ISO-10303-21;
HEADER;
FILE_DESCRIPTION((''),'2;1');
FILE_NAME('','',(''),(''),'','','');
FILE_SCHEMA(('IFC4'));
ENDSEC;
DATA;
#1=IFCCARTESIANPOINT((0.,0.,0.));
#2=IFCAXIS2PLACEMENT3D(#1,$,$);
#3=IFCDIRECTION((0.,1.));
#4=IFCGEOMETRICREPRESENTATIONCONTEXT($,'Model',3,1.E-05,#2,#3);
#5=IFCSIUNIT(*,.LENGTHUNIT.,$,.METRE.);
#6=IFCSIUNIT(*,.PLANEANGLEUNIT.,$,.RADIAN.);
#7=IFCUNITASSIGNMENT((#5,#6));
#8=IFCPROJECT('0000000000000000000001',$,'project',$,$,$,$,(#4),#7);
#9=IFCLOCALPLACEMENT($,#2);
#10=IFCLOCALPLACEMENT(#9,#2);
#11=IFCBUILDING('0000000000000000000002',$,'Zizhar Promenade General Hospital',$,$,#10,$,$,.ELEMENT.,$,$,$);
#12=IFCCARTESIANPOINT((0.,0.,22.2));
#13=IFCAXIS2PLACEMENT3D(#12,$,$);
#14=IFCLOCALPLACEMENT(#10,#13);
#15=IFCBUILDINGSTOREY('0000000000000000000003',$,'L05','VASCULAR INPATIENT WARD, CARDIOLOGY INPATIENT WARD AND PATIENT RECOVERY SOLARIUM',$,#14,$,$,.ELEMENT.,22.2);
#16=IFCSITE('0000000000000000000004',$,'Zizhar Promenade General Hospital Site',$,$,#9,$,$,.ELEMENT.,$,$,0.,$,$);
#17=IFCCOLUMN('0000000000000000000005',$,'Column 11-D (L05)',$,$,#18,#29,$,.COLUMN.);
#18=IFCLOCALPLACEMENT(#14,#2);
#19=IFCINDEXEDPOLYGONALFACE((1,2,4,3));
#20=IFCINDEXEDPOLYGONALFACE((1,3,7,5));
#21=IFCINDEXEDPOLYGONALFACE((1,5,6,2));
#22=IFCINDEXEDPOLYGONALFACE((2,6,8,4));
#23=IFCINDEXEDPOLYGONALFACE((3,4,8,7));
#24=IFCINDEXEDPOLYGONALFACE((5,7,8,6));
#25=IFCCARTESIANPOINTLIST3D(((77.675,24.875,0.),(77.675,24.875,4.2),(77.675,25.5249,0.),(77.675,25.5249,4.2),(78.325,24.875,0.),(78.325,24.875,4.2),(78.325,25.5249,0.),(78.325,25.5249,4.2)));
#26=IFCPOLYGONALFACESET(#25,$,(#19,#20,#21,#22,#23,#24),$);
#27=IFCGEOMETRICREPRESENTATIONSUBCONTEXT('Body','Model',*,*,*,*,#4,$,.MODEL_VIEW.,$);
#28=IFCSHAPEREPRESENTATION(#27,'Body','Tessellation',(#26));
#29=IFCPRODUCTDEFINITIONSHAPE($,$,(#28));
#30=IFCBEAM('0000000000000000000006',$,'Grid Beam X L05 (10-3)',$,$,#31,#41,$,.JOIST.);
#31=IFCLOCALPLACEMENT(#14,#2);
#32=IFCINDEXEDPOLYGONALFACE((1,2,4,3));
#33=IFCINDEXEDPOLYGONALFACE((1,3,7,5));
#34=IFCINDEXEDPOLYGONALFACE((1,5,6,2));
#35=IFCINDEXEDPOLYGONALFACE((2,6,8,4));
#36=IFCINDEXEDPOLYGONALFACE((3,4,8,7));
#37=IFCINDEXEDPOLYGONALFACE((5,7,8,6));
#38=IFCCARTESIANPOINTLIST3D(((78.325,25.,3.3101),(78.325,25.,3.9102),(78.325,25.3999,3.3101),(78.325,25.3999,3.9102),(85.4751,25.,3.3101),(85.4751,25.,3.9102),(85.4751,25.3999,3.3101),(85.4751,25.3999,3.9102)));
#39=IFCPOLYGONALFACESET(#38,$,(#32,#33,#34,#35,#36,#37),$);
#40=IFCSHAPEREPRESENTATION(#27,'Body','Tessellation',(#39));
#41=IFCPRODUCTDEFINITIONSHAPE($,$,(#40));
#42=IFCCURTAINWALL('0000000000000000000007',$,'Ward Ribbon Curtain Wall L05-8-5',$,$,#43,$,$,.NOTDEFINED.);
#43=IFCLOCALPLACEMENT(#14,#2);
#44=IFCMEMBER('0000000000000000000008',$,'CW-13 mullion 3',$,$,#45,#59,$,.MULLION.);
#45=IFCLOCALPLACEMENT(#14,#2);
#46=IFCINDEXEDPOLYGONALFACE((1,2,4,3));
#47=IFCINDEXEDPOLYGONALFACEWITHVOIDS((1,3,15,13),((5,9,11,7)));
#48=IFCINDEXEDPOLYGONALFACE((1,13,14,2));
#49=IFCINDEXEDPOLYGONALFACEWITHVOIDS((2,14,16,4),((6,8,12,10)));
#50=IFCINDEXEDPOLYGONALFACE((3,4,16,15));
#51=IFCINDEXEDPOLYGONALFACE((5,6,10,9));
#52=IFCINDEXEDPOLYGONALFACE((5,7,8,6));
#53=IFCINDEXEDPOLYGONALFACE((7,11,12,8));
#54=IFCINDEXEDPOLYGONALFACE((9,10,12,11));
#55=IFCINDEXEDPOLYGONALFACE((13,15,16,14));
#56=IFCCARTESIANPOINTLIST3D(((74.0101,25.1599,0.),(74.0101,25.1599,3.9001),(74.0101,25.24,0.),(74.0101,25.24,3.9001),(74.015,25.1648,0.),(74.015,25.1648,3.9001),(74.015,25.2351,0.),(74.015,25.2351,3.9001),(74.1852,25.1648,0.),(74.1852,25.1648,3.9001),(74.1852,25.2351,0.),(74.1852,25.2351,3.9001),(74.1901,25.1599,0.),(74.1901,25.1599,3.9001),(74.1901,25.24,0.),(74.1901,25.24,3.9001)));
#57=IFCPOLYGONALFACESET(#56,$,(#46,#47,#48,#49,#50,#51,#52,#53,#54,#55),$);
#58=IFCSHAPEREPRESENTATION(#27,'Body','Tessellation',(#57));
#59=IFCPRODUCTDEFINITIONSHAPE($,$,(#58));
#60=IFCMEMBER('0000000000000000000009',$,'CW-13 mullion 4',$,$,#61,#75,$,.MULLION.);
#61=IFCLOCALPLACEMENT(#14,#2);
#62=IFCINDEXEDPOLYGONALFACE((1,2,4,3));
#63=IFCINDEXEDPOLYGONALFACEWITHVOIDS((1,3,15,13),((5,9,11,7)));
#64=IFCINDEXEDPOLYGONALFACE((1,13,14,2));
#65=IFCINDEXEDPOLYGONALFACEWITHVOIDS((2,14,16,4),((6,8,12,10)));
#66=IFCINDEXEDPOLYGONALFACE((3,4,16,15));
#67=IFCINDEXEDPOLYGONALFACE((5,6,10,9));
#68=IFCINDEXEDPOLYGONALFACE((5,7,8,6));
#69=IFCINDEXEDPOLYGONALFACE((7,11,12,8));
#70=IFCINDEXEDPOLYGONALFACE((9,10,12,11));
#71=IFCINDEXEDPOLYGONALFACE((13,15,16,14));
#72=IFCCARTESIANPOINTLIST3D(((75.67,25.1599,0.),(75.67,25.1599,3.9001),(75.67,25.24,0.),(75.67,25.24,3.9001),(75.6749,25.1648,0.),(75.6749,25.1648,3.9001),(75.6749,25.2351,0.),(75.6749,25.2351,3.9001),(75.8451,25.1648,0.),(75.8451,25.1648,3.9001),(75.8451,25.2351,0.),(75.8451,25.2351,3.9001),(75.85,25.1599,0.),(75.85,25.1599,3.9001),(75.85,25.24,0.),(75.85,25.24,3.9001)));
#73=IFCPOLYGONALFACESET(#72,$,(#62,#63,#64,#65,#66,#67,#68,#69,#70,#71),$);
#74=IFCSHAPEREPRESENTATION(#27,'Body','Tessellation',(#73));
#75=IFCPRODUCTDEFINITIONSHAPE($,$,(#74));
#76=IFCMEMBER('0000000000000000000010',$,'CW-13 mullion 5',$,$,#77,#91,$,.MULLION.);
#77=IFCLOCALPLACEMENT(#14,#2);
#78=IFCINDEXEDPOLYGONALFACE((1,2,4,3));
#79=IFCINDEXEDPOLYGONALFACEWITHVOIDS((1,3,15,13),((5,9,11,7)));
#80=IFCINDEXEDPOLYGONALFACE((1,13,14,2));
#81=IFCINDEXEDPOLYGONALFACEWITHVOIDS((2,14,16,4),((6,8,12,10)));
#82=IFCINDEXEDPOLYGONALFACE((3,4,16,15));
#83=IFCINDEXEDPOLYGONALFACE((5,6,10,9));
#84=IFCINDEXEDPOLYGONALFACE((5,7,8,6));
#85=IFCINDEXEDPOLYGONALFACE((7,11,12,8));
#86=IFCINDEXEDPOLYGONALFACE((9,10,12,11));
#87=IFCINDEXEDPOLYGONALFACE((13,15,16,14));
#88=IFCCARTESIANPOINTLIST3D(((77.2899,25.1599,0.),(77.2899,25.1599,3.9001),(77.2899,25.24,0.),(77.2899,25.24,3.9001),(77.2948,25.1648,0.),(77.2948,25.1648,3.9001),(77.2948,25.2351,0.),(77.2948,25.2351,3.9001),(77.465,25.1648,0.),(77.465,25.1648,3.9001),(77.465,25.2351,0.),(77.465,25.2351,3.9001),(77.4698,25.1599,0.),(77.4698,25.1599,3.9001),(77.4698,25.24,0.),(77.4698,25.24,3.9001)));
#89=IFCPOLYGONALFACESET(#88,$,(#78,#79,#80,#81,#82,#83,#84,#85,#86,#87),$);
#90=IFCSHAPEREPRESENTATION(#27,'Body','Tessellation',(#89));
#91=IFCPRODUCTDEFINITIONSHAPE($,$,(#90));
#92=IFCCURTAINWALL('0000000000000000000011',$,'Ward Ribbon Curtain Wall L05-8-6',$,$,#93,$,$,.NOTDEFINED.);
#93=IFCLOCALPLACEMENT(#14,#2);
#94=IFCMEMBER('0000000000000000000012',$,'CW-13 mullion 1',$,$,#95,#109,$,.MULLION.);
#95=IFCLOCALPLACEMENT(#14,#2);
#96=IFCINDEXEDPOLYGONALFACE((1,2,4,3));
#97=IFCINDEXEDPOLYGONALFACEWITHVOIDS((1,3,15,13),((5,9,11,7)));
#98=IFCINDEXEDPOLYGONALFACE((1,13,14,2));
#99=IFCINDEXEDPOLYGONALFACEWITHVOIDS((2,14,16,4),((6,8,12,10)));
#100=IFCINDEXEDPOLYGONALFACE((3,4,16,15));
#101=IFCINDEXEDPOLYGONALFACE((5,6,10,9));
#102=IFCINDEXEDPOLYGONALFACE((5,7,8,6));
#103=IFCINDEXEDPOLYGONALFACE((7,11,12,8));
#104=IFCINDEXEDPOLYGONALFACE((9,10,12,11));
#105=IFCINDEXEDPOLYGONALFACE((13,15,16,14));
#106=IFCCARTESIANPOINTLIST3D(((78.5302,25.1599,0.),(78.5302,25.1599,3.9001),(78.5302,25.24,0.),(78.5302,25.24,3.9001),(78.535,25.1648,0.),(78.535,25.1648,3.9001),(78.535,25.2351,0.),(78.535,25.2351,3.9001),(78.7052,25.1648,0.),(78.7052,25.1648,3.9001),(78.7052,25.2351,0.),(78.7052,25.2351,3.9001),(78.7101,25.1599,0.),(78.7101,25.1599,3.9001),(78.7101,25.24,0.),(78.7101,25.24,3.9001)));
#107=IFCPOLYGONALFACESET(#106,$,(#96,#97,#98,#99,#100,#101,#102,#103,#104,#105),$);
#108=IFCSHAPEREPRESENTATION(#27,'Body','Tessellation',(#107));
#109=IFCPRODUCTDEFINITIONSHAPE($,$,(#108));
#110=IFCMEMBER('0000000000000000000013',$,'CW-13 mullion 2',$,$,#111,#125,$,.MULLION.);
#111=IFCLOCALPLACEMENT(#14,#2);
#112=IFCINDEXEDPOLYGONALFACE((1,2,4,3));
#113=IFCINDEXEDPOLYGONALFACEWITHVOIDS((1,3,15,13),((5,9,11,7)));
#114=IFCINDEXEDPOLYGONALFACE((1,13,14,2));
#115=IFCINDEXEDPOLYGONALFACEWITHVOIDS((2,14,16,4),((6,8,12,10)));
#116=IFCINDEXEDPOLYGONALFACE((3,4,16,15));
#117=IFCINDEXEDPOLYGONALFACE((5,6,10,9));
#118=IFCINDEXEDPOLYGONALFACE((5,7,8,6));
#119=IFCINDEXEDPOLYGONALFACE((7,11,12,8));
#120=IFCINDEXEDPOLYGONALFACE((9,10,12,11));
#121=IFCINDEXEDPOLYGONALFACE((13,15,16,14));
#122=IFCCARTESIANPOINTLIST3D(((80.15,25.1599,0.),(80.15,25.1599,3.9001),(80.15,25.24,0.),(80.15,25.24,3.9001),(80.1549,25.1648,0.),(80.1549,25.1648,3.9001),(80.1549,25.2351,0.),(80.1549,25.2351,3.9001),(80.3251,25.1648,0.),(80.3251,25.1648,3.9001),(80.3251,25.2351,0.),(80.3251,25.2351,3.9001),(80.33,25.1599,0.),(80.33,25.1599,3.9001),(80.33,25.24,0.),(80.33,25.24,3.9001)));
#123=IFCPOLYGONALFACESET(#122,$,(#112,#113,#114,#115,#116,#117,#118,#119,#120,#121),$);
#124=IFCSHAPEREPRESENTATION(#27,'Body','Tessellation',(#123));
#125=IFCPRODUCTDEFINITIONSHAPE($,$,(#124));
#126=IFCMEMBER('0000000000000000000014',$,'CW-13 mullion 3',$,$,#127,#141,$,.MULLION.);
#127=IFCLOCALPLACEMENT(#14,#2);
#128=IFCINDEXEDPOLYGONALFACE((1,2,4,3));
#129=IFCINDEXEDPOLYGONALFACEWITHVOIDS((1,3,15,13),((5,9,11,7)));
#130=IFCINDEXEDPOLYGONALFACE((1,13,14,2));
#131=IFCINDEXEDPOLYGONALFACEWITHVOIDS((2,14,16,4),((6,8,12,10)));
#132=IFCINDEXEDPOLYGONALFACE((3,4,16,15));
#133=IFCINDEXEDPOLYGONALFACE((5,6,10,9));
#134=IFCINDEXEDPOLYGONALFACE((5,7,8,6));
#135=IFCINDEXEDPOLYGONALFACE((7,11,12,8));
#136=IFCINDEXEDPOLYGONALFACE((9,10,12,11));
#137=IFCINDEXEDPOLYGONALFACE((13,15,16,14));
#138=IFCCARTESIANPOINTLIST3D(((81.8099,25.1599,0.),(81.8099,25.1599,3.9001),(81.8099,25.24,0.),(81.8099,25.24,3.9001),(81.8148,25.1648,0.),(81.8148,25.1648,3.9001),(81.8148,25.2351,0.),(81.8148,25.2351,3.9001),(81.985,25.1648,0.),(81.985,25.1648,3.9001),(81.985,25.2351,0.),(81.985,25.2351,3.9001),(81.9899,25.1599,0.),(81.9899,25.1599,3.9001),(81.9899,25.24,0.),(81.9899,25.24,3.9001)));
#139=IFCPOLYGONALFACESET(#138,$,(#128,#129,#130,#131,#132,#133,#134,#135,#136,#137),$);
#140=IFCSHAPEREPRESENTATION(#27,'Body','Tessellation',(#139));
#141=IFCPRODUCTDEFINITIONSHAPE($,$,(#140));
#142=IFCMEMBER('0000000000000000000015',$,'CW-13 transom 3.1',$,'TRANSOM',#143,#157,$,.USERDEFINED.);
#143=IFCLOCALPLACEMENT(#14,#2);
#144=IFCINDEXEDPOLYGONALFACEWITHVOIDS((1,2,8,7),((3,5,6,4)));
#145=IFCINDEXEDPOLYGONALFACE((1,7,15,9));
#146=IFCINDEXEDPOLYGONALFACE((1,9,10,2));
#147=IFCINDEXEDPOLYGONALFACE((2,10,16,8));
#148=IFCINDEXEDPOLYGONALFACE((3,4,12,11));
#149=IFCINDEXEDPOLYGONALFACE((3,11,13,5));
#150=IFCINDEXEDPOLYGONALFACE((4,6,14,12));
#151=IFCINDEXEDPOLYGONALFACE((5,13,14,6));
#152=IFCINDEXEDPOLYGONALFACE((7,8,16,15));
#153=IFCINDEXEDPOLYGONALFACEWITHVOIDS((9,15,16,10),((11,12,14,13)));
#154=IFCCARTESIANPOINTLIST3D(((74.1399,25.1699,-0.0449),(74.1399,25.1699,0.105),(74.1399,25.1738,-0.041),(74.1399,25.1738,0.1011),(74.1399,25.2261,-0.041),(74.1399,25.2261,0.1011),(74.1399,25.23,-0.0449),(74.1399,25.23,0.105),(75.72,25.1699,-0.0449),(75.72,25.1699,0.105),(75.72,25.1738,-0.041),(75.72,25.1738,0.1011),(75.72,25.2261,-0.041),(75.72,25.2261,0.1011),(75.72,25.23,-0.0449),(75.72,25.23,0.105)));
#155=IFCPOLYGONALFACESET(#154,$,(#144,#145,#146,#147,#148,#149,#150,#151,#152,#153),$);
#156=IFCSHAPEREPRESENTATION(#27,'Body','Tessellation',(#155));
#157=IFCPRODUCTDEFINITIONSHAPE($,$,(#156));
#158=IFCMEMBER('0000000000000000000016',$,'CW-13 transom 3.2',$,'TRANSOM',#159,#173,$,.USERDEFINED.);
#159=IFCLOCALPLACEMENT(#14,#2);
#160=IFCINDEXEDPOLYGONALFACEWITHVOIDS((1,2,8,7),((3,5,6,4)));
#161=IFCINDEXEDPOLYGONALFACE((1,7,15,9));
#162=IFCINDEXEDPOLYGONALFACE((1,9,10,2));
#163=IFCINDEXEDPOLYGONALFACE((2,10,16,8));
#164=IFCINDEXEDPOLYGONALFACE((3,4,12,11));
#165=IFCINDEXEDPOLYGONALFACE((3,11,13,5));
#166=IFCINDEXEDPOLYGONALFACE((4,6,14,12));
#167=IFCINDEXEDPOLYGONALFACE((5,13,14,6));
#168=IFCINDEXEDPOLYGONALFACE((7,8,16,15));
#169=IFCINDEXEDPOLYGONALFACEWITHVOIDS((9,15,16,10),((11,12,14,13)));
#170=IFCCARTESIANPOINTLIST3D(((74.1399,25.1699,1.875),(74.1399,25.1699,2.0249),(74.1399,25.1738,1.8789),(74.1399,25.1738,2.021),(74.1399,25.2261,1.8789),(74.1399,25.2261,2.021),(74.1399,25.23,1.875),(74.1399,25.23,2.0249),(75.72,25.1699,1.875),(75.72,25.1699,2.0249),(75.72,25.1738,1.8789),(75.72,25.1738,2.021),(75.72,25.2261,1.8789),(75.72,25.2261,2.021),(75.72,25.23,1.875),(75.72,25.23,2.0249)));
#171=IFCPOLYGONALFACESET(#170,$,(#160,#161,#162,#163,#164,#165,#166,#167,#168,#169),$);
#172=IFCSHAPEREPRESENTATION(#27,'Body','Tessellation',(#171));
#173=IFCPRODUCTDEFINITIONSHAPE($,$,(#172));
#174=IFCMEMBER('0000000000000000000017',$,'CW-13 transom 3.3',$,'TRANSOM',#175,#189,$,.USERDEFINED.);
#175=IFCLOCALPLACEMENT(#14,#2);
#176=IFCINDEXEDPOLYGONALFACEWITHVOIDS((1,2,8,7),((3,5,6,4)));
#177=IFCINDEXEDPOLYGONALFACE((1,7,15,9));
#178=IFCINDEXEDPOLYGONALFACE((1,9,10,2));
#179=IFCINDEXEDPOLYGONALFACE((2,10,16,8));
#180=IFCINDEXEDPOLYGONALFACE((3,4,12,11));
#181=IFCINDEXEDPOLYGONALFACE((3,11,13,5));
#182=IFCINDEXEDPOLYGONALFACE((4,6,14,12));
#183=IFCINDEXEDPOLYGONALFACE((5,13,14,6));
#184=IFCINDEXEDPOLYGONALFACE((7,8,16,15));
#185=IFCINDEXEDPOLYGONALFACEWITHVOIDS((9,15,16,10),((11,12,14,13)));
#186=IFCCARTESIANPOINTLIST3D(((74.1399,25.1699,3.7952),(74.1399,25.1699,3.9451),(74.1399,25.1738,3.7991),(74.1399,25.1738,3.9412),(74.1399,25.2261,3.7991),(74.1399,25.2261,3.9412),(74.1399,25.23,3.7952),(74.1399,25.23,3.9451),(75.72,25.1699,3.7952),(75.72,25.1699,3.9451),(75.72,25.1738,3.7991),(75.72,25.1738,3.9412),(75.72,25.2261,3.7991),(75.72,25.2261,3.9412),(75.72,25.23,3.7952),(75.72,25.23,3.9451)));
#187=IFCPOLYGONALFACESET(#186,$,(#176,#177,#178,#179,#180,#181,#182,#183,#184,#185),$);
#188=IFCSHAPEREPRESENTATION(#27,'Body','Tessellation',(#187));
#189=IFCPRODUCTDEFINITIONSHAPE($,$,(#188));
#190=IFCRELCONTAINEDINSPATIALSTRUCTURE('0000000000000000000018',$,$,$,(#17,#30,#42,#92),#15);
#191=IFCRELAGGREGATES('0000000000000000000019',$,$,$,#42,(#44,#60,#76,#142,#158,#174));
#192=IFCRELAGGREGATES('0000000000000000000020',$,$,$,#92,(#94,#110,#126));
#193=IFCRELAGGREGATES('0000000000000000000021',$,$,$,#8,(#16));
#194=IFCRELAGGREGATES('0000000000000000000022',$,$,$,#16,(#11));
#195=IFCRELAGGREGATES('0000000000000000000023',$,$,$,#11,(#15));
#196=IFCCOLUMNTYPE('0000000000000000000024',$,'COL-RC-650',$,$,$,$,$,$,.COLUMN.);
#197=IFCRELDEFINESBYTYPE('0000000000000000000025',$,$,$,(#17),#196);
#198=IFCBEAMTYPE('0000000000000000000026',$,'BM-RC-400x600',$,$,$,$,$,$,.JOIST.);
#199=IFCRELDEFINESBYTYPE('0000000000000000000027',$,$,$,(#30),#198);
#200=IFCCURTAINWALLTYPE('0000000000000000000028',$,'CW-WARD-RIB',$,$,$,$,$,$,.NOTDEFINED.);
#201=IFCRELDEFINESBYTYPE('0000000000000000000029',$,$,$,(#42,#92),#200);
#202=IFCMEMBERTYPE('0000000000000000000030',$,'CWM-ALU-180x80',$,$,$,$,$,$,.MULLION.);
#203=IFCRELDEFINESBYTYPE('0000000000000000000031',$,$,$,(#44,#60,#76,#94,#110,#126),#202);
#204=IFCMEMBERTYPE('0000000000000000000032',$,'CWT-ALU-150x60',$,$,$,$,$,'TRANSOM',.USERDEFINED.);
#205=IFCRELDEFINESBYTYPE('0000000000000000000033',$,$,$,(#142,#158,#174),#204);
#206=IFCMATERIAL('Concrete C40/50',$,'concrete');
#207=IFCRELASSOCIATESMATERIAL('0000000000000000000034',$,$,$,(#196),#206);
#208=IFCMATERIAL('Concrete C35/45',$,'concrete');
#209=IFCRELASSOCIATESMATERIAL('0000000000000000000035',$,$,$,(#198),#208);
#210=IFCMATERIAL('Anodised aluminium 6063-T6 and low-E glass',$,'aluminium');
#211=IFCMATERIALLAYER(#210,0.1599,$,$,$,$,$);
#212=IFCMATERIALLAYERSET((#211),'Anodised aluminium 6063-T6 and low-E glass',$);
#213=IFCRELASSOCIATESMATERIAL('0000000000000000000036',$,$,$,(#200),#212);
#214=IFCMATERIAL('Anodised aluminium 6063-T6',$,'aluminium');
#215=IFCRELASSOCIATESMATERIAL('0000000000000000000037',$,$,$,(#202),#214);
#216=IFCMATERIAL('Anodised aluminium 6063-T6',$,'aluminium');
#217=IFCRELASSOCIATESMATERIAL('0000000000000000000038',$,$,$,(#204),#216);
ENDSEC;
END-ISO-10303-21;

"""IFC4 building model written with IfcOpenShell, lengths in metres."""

from ifc_helpers import new_model, si_unit, direction, frame, origin, origin_2d, place, context, subcontext, project, spatial, rectangle, hollow_rectangle, extrude, material, layer, layer_set, material_profile, profile_set, type_object, element, aggregate, save


model = new_model("IFC4")

# Units and contexts
model_context = context("Model", 3, precision=1e-05, world=origin(), true_north=direction((0.0, 1.0)))
body_context = subcontext(model_context, "Body", "Model", "MODEL_VIEW")
ifc_project = project(units=[si_unit("LENGTHUNIT", "METRE"), si_unit("PLANEANGLEUNIT", "RADIAN")], contexts=[model_context])

# Site, building, storey
site_placement = place(None, origin())
site = spatial("IfcSite", under=ifc_project, at=site_placement, Name="Zizhar Promenade General Hospital Site", CompositionType="ELEMENT", RefElevation=0.0)
building_placement = place(site_placement, origin())
building = spatial("IfcBuilding", under=site, at=building_placement, Name="Zizhar Promenade General Hospital", CompositionType="ELEMENT")
storey_placement = place(building_placement, frame((0.0, 0.0, 22.2)))
storey = spatial("IfcBuildingStorey", under=building, at=storey_placement, Name="L05", Description="VASCULAR INPATIENT WARD, CARDIOLOGY INPATIENT WARD AND PATIENT RECOVERY SOLARIUM", CompositionType="ELEMENT", Elevation=22.2)

# Column
ifc_material_1 = material(Name="Concrete C40/50", Category="concrete")
ifc_material_profile_1 = material_profile(ifc_material_1, rectangle(XDim=0.6499, YDim=0.6499, at=origin_2d()))
ifc_profile_set_1 = profile_set([ifc_material_profile_1], Name="Concrete C40/50")
column_type = type_object("IfcColumnType", Name="COL-RC-650", PredefinedType="COLUMN", material=ifc_profile_set_1)
column_placement = place(storey_placement, frame((78.0, 25.2, 0.0), z_axis=(0.0, 0.0, 1.0), x_axis=(1.0, 0.0, 0.0)))
element("IfcColumn", 1, at=column_placement, inside=storey, type_object=column_type, Name="Column 11-D (L05)", PredefinedType="COLUMN", context=body_context, shape_type="SweptSolid", body=[
    extrude(rectangle(XDim=0.6499, YDim=0.6499, at=origin_2d()), origin(), (0.0, 0.0, 1.0), 4.2),
])

# Beam
ifc_material_2 = material(Name="Concrete C35/45", Category="concrete")
ifc_material_profile_2 = material_profile(ifc_material_2, rectangle(XDim=0.3999, YDim=0.6001, at=origin_2d()))
ifc_profile_set_2 = profile_set([ifc_material_profile_2], Name="Concrete C35/45")
beam_type = type_object("IfcBeamType", Name="BM-RC-400x600", PredefinedType="JOIST", material=ifc_profile_set_2)
beam_placement = place(storey_placement, frame((78.325, 25.2, 3.6101), z_axis=(1.0, 0.0, 0.0), x_axis=(0.0, 1.0, 0.0)))
element("IfcBeam", 2, at=beam_placement, inside=storey, type_object=beam_type, Name="Grid Beam X L05 (10-3)", PredefinedType="JOIST", context=body_context, shape_type="SweptSolid", body=[
    extrude(rectangle(XDim=0.3999, YDim=0.6001, at=origin_2d()), origin(), (0.0, 0.0, 1.0), 7.1501),
])

# Curtain walls, members
ifc_material_3 = material(Name="Anodised aluminium 6063-T6 and low-E glass", Category="aluminium")
ifc_layer_1 = layer(ifc_material_3, 0.1599)
ifc_layer_set_1 = layer_set([ifc_layer_1], Name="Anodised aluminium 6063-T6 and low-E glass")
curtain_wall_type = type_object("IfcCurtainWallType", Name="CW-WARD-RIB", PredefinedType="NOTDEFINED", material=ifc_layer_set_1)
curtain_wall_1_placement = place(storey_placement, origin())
curtain_wall_1 = element("IfcCurtainWall", 3, at=curtain_wall_1_placement, inside=storey, type_object=curtain_wall_type, Name="Ward Ribbon Curtain Wall L05-8-5", PredefinedType="NOTDEFINED")
ifc_material_4 = material(Name="Anodised aluminium 6063-T6", Category="aluminium")
ifc_material_profile_3 = material_profile(ifc_material_4, hollow_rectangle(XDim=0.0801, YDim=0.1799, WallThickness=0.0049, at=origin_2d()))
ifc_profile_set_3 = profile_set([ifc_material_profile_3], Name="Anodised aluminium 6063-T6")
member_type_1 = type_object("IfcMemberType", Name="CWM-ALU-180x80", PredefinedType="MULLION", material=ifc_profile_set_3)
member_1_placement = place(storey_placement, frame((74.1001, 25.2, 0.0), z_axis=(0.0, 0.0, 1.0), x_axis=(0.0, 1.0, 0.0)))
member_1 = element("IfcMember", 4, at=member_1_placement, type_object=member_type_1, Name="CW-13 mullion 3", PredefinedType="MULLION", context=body_context, shape_type="SweptSolid", body=[
    extrude(hollow_rectangle(XDim=0.0801, YDim=0.1799, WallThickness=0.0049, at=origin_2d()), origin(), (0.0, 0.0, 1.0), 3.9001),
])
member_2_placement = place(storey_placement, frame((75.76, 25.2, 0.0), z_axis=(0.0, 0.0, 1.0), x_axis=(0.0, 1.0, 0.0)))
member_2 = element("IfcMember", 5, at=member_2_placement, type_object=member_type_1, Name="CW-13 mullion 4", PredefinedType="MULLION", context=body_context, shape_type="SweptSolid", body=[
    extrude(hollow_rectangle(XDim=0.0801, YDim=0.1799, WallThickness=0.0049, at=origin_2d()), origin(), (0.0, 0.0, 1.0), 3.9001),
])
member_3_placement = place(storey_placement, frame((77.3799, 25.2, 0.0), z_axis=(0.0, 0.0, 1.0), x_axis=(0.0, 1.0, 0.0)))
member_3 = element("IfcMember", 6, at=member_3_placement, type_object=member_type_1, Name="CW-13 mullion 5", PredefinedType="MULLION", context=body_context, shape_type="SweptSolid", body=[
    extrude(hollow_rectangle(XDim=0.0801, YDim=0.1799, WallThickness=0.0049, at=origin_2d()), origin(), (0.0, 0.0, 1.0), 3.9001),
])
curtain_wall_2_placement = place(storey_placement, origin())
curtain_wall_2 = element("IfcCurtainWall", 7, at=curtain_wall_2_placement, inside=storey, type_object=curtain_wall_type, Name="Ward Ribbon Curtain Wall L05-8-6", PredefinedType="NOTDEFINED")
member_4_placement = place(storey_placement, frame((78.6201, 25.2, 0.0), z_axis=(0.0, 0.0, 1.0), x_axis=(0.0, 1.0, 0.0)))
member_4 = element("IfcMember", 8, at=member_4_placement, type_object=member_type_1, Name="CW-13 mullion 1", PredefinedType="MULLION", context=body_context, shape_type="SweptSolid", body=[
    extrude(hollow_rectangle(XDim=0.0801, YDim=0.1799, WallThickness=0.0049, at=origin_2d()), origin(), (0.0, 0.0, 1.0), 3.9001),
])
member_5_placement = place(storey_placement, frame((80.24, 25.2, 0.0), z_axis=(0.0, 0.0, 1.0), x_axis=(0.0, 1.0, 0.0)))
member_5 = element("IfcMember", 9, at=member_5_placement, type_object=member_type_1, Name="CW-13 mullion 2", PredefinedType="MULLION", context=body_context, shape_type="SweptSolid", body=[
    extrude(hollow_rectangle(XDim=0.0801, YDim=0.1799, WallThickness=0.0049, at=origin_2d()), origin(), (0.0, 0.0, 1.0), 3.9001),
])
member_6_placement = place(storey_placement, frame((81.8999, 25.2, 0.0), z_axis=(0.0, 0.0, 1.0), x_axis=(0.0, 1.0, 0.0)))
member_6 = element("IfcMember", 10, at=member_6_placement, type_object=member_type_1, Name="CW-13 mullion 3", PredefinedType="MULLION", context=body_context, shape_type="SweptSolid", body=[
    extrude(hollow_rectangle(XDim=0.0801, YDim=0.1799, WallThickness=0.0049, at=origin_2d()), origin(), (0.0, 0.0, 1.0), 3.9001),
])

# Members
ifc_material_5 = material(Name="Anodised aluminium 6063-T6", Category="aluminium")
ifc_material_profile_4 = material_profile(ifc_material_5, hollow_rectangle(XDim=0.0601, YDim=0.1499, WallThickness=0.0039, at=origin_2d()))
ifc_profile_set_4 = profile_set([ifc_material_profile_4], Name="Anodised aluminium 6063-T6")
member_type_2 = type_object("IfcMemberType", Name="CWT-ALU-150x60", ElementType="TRANSOM", PredefinedType="USERDEFINED", material=ifc_profile_set_4)
member_7_placement = place(storey_placement, frame((74.1399, 25.2, 0.03), z_axis=(1.0, 0.0, 0.0), x_axis=(0.0, 1.0, 0.0)))
member_7 = element("IfcMember", 11, at=member_7_placement, type_object=member_type_2, Name="CW-13 transom 3.1", ObjectType="TRANSOM", PredefinedType="USERDEFINED", context=body_context, shape_type="SweptSolid", body=[
    extrude(hollow_rectangle(XDim=0.0601, YDim=0.1499, WallThickness=0.0039, at=origin_2d()), origin(), (0.0, 0.0, 1.0), 1.5801),
])
member_8_placement = place(storey_placement, frame((74.1399, 25.2, 1.95), z_axis=(1.0, 0.0, 0.0), x_axis=(0.0, 1.0, 0.0)))
member_8 = element("IfcMember", 12, at=member_8_placement, type_object=member_type_2, Name="CW-13 transom 3.2", ObjectType="TRANSOM", PredefinedType="USERDEFINED", context=body_context, shape_type="SweptSolid", body=[
    extrude(hollow_rectangle(XDim=0.0601, YDim=0.1499, WallThickness=0.0039, at=origin_2d()), origin(), (0.0, 0.0, 1.0), 1.5801),
])
member_9_placement = place(storey_placement, frame((74.1399, 25.2, 3.8701), z_axis=(1.0, 0.0, 0.0), x_axis=(0.0, 1.0, 0.0)))
member_9 = element("IfcMember", 13, at=member_9_placement, type_object=member_type_2, Name="CW-13 transom 3.3", ObjectType="TRANSOM", PredefinedType="USERDEFINED", context=body_context, shape_type="SweptSolid", body=[
    extrude(hollow_rectangle(XDim=0.0601, YDim=0.1499, WallThickness=0.0039, at=origin_2d()), origin(), (0.0, 0.0, 1.0), 1.5801),
])

aggregate(curtain_wall_1, [member_1, member_2, member_3, member_7, member_8, member_9])
aggregate(curtain_wall_2, [member_4, member_5, member_6])

save(model, "model.ifc")
